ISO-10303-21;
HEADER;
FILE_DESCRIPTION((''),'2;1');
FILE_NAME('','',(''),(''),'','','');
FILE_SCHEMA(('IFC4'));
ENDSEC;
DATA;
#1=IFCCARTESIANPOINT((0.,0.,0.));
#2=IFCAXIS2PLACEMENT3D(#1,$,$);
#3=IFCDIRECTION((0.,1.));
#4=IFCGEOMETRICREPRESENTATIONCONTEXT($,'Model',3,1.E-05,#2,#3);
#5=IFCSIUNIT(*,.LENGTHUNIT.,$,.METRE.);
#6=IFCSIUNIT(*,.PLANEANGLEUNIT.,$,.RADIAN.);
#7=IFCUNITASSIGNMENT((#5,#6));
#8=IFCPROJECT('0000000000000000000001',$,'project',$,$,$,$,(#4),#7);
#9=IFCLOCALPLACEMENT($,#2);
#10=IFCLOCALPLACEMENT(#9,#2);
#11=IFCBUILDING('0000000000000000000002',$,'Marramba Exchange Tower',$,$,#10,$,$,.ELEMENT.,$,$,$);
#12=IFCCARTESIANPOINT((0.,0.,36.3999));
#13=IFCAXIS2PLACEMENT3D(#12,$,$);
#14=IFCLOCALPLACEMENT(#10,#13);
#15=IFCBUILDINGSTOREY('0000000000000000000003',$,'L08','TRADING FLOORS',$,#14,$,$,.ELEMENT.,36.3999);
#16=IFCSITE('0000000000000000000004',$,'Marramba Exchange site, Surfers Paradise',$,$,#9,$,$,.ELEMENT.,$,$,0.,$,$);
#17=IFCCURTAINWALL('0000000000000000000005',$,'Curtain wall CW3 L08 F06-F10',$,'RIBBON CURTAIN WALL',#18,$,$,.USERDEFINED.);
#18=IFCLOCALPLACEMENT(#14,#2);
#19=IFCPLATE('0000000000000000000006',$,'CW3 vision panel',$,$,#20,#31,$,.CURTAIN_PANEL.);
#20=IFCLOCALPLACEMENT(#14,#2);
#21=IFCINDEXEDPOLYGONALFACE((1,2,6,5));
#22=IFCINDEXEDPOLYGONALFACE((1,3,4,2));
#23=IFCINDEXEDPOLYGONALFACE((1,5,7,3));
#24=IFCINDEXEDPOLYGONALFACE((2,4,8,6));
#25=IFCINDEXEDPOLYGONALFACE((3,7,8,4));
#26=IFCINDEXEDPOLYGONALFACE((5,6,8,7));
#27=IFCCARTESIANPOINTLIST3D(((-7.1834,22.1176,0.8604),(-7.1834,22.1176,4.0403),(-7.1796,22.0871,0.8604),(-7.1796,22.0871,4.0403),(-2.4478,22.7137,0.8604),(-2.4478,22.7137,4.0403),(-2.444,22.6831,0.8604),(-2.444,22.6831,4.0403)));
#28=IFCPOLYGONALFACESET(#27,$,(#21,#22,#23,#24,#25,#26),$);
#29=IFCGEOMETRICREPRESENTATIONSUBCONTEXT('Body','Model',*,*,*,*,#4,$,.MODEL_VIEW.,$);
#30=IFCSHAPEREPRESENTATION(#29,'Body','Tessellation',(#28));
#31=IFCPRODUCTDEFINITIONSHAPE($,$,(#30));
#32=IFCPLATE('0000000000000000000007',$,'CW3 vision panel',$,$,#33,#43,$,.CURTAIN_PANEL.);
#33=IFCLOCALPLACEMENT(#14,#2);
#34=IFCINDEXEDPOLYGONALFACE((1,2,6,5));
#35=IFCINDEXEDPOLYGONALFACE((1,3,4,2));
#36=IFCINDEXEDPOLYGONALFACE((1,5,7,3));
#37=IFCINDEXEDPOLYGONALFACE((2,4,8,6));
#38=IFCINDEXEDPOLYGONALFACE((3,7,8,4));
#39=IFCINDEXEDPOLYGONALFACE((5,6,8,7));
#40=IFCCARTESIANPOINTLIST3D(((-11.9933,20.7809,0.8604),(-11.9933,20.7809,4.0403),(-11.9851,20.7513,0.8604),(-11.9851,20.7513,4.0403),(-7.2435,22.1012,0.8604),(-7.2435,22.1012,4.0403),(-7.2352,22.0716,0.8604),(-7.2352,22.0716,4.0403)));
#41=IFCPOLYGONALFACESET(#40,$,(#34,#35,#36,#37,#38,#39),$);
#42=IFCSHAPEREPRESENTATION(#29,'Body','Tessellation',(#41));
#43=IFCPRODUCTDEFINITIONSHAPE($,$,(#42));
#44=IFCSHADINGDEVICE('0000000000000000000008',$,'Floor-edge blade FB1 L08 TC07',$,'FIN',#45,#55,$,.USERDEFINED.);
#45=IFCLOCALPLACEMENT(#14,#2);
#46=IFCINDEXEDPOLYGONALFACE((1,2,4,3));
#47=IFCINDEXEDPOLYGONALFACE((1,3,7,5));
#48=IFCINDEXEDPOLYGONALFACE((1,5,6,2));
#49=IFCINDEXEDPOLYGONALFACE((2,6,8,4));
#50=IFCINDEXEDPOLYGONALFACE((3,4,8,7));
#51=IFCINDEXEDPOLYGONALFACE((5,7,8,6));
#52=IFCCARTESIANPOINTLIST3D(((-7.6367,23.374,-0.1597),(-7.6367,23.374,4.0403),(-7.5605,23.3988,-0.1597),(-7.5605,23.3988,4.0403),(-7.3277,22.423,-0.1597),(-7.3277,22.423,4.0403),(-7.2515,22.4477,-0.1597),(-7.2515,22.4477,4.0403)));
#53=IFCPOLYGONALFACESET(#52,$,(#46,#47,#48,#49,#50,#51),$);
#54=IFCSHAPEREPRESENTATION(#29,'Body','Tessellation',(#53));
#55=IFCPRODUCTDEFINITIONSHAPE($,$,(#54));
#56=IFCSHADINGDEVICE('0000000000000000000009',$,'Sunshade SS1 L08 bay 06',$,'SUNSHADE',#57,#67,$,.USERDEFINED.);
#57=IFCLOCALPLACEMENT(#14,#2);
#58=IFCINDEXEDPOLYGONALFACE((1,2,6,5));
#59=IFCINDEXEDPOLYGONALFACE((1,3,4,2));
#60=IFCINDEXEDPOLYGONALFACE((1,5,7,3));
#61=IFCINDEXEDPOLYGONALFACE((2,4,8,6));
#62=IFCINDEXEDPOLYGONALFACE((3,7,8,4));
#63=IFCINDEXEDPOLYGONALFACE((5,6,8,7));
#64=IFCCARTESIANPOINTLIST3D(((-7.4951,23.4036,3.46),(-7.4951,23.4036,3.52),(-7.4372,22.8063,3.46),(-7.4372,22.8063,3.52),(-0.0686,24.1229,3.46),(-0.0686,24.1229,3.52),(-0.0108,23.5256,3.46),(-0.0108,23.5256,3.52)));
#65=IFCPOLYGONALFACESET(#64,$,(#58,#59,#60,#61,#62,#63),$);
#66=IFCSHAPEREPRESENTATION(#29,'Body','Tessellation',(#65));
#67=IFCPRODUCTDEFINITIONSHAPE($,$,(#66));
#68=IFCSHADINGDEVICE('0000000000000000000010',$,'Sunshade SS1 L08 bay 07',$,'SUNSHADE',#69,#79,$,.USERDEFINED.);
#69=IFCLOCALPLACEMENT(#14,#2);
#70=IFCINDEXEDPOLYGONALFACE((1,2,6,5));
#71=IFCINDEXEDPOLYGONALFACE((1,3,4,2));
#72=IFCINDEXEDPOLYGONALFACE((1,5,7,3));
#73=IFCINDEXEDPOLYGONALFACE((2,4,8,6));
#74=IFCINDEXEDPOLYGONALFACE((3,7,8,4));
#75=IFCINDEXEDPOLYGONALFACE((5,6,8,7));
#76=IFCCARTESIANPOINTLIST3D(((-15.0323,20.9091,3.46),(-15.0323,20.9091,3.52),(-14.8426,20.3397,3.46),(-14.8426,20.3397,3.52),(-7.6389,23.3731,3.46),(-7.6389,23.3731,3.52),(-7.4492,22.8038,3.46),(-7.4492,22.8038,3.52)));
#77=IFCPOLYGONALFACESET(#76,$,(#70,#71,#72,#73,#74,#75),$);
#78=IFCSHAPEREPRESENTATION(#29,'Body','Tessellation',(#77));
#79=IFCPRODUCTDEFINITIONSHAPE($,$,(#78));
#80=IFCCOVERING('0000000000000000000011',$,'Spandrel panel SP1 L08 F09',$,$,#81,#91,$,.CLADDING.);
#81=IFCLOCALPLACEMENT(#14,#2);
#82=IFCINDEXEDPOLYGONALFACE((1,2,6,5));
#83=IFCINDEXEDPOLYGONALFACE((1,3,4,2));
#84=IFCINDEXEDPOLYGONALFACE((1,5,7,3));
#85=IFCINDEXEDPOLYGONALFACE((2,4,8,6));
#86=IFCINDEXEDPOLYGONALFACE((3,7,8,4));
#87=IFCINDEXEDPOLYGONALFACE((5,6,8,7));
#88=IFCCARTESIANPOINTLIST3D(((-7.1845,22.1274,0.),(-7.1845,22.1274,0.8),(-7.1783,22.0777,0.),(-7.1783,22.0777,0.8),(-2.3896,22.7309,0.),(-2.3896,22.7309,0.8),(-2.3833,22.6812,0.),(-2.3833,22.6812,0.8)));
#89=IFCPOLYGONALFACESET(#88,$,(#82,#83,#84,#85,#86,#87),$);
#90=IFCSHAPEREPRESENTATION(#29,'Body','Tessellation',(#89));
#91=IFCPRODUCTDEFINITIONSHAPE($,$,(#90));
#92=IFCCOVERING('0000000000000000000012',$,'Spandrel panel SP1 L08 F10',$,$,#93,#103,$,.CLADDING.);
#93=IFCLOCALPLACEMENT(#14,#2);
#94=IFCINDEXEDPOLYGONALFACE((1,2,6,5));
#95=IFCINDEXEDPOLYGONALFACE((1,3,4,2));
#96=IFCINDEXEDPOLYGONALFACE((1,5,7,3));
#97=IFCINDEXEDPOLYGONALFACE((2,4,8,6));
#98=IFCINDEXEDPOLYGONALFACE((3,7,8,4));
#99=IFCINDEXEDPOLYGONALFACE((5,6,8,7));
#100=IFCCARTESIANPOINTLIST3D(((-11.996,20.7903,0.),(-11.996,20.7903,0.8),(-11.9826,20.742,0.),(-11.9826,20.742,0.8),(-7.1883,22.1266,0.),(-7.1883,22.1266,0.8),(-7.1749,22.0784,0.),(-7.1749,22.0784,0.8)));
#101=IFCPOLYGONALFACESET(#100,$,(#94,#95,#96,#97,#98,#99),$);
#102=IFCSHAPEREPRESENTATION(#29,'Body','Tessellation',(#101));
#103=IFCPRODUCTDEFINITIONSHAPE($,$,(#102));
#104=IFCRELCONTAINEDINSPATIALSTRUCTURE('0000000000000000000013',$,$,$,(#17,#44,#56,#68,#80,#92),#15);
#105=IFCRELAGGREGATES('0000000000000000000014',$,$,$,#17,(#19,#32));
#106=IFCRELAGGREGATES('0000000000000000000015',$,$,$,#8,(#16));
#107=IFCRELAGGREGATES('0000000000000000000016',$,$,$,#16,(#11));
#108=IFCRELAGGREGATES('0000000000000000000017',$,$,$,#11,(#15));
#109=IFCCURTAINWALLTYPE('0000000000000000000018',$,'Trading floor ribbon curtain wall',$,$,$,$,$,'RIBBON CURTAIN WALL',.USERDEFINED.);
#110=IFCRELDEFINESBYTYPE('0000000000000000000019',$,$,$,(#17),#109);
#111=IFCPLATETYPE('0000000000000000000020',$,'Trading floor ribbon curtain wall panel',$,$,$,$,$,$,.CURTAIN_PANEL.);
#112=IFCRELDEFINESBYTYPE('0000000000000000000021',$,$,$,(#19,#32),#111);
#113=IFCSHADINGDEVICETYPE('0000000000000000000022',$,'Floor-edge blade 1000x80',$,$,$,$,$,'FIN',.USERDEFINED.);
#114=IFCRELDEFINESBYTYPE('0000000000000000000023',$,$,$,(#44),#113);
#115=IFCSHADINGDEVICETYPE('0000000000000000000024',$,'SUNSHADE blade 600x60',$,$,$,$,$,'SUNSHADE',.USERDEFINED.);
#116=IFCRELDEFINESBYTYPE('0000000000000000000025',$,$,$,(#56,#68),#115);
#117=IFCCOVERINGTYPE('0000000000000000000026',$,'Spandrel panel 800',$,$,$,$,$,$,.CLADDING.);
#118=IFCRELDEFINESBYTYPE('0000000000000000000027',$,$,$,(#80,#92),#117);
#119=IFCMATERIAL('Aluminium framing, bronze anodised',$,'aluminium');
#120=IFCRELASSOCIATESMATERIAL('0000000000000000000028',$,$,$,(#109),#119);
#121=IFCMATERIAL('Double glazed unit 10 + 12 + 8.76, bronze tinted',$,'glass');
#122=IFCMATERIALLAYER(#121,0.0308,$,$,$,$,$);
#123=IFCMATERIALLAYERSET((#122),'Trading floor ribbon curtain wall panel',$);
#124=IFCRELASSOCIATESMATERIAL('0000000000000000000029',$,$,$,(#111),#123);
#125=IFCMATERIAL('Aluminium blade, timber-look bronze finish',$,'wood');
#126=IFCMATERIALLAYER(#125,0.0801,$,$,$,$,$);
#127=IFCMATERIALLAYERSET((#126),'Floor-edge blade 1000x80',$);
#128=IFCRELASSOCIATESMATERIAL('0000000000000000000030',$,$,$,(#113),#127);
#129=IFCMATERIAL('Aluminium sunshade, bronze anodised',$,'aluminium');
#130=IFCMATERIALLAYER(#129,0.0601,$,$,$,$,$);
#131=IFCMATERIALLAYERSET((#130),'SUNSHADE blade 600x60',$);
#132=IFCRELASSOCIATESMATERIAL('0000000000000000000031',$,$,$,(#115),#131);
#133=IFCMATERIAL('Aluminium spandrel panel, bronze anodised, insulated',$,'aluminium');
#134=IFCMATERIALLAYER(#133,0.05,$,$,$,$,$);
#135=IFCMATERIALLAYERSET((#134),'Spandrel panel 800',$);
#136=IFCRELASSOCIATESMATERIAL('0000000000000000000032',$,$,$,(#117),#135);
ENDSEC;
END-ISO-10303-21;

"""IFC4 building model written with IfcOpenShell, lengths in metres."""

from ifc_helpers import new_model, si_unit, direction, frame, origin, origin_2d, place, context, subcontext, project, spatial, rectangle, extrude, material, layer, layer_set, type_object, element, aggregate, save


model = new_model("IFC4")

# Units and contexts
model_context = context("Model", 3, precision=1e-05, world=origin(), true_north=direction((0.0, 1.0)))
body_context = subcontext(model_context, "Body", "Model", "MODEL_VIEW")
ifc_project = project(units=[si_unit("LENGTHUNIT", "METRE"), si_unit("PLANEANGLEUNIT", "RADIAN")], contexts=[model_context])

# Site, building, storey
site_placement = place(None, origin())
site = spatial("IfcSite", under=ifc_project, at=site_placement, Name="Marramba Exchange site, Surfers Paradise", CompositionType="ELEMENT", RefElevation=0.0)
building_placement = place(site_placement, origin())
building = spatial("IfcBuilding", under=site, at=building_placement, Name="Marramba Exchange Tower", CompositionType="ELEMENT")
storey_placement = place(building_placement, frame((0.0, 0.0, 36.3999)))
storey = spatial("IfcBuildingStorey", under=building, at=storey_placement, Name="L08", Description="TRADING FLOORS", CompositionType="ELEMENT", Elevation=36.3999)

# Curtain wall
ifc_material_1 = material(Name="Aluminium framing, bronze anodised", Category="aluminium")
curtain_wall_type = type_object("IfcCurtainWallType", Name="Trading floor ribbon curtain wall", ElementType="RIBBON CURTAIN WALL", PredefinedType="USERDEFINED", material=ifc_material_1)
curtain_wall_1_placement = place(storey_placement, origin())
curtain_wall_1 = element("IfcCurtainWall", 1, at=curtain_wall_1_placement, inside=storey, type_object=curtain_wall_type, Name="Curtain wall CW3 L08 F06-F10", ObjectType="RIBBON CURTAIN WALL", PredefinedType="USERDEFINED")

# Plates
ifc_material_2 = material(Name="Double glazed unit 10 + 12 + 8.76, bronze tinted", Category="glass")
ifc_layer_1 = layer(ifc_material_2, 0.0308)
ifc_layer_set_1 = layer_set([ifc_layer_1], Name="Trading floor ribbon curtain wall panel")
plate_type = type_object("IfcPlateType", Name="Trading floor ribbon curtain wall panel", PredefinedType="CURTAIN_PANEL", material=ifc_layer_set_1)
plate_1_placement = place(storey_placement, frame((-4.8137, 22.4004, 0.8604), z_axis=(0.0, 0.0, 1.0), x_axis=(-0.992173, -0.124873, 0.0)))
plate_1 = element("IfcPlate", 2, at=plate_1_placement, type_object=plate_type, Name="CW3 vision panel", PredefinedType="CURTAIN_PANEL", context=body_context, shape_type="SweptSolid", body=[
    extrude(rectangle(XDim=4.7729, YDim=0.0308, at=origin_2d()), origin(), (0.0, 0.0, 1.0), 3.1799),
])
plate_2_placement = place(storey_placement, frame((-9.6143, 21.4263, 0.8604), z_axis=(0.0, 0.0, 1.0), x_axis=(-0.963472, -0.267809, 0.0)))
plate_2 = element("IfcPlate", 3, at=plate_2_placement, type_object=plate_type, Name="CW3 vision panel", PredefinedType="CURTAIN_PANEL", context=body_context, shape_type="SweptSolid", body=[
    extrude(rectangle(XDim=4.9299, YDim=0.0308, at=origin_2d()), origin(), (0.0, 0.0, 1.0), 3.1799),
])
aggregate(curtain_wall_1, [plate_1, plate_2])

# Shading devices
ifc_material_3 = material(Name="Aluminium blade, timber-look bronze finish", Category="wood")
ifc_layer_2 = layer(ifc_material_3, 0.0801)
ifc_layer_set_2 = layer_set([ifc_layer_2], Name="Floor-edge blade 1000x80")
shading_device_type_1 = type_object("IfcShadingDeviceType", Name="Floor-edge blade 1000x80", ElementType="FIN", PredefinedType="USERDEFINED", material=ifc_layer_set_2)
shading_device_1_placement = place(storey_placement, frame((-7.4441, 22.9109, -0.1597), z_axis=(0.0, 0.0, 1.0), x_axis=(-0.309017, 0.951057, 0.0)))
element("IfcShadingDevice", 4, at=shading_device_1_placement, inside=storey, type_object=shading_device_type_1, Name="Floor-edge blade FB1 L08 TC07", ObjectType="FIN", PredefinedType="USERDEFINED", context=body_context, shape_type="SweptSolid", body=[
    extrude(rectangle(XDim=1.0, YDim=0.0801, at=origin_2d()), origin(), (0.0, 0.0, 1.0), 4.2),
])
ifc_material_4 = material(Name="Aluminium sunshade, bronze anodised", Category="aluminium")
ifc_layer_3 = layer(ifc_material_4, 0.0601)
ifc_layer_set_3 = layer_set([ifc_layer_3], Name="SUNSHADE blade 600x60")
shading_device_type_2 = type_object("IfcShadingDeviceType", Name="SUNSHADE blade 600x60", ElementType="SUNSHADE", PredefinedType="USERDEFINED", material=ifc_layer_set_3)
shading_device_2_placement = place(storey_placement, frame((-3.7529, 23.4646, 3.46), z_axis=(0.0, 0.0, 1.0), x_axis=(-0.995343, -0.096398, 0.0)))
element("IfcShadingDevice", 5, at=shading_device_2_placement, inside=storey, type_object=shading_device_type_2, Name="Sunshade SS1 L08 bay 06", ObjectType="SUNSHADE", PredefinedType="USERDEFINED", context=body_context, shape_type="SweptSolid", body=[
    extrude(rectangle(XDim=7.4612, YDim=0.6001, at=origin_2d()), origin(), (0.0, 0.0, 1.0), 0.0601),
])
shading_device_3_placement = place(storey_placement, frame((-11.2407, 21.8564, 3.46), z_axis=(0.0, 0.0, 1.0), x_axis=(-0.948698, -0.316184, 0.0)))
element("IfcShadingDevice", 6, at=shading_device_3_placement, inside=storey, type_object=shading_device_type_2, Name="Sunshade SS1 L08 bay 07", ObjectType="SUNSHADE", PredefinedType="USERDEFINED", context=body_context, shape_type="SweptSolid", body=[
    extrude(rectangle(XDim=7.7932, YDim=0.6001, at=origin_2d()), origin(), (0.0, 0.0, 1.0), 0.0601),
])

# Coverings
ifc_material_5 = material(Name="Aluminium spandrel panel, bronze anodised, insulated", Category="aluminium")
ifc_layer_4 = layer(ifc_material_5, 0.05)
ifc_layer_set_4 = layer_set([ifc_layer_4], Name="Spandrel panel 800")
covering_type = type_object("IfcCoveringType", Name="Spandrel panel 800", PredefinedType="CLADDING", material=ifc_layer_set_4)
covering_1_placement = place(storey_placement, frame((-4.7839, 22.4043, 0.0), z_axis=(0.0, 0.0, 1.0), x_axis=(-0.992173, -0.124873, 0.0)))
element("IfcCovering", 7, at=covering_1_placement, inside=storey, type_object=covering_type, Name="Spandrel panel SP1 L08 F09", PredefinedType="CLADDING", context=body_context, shape_type="SweptSolid", body=[
    extrude(rectangle(XDim=4.8328, YDim=0.05, at=origin_2d()), origin(), (0.0, 0.0, 1.0), 0.8),
])
covering_2_placement = place(storey_placement, frame((-9.5854, 21.4343, 0.0), z_axis=(0.0, 0.0, 1.0), x_axis=(-0.963472, -0.267809, 0.0)))
element("IfcCovering", 8, at=covering_2_placement, inside=storey, type_object=covering_type, Name="Spandrel panel SP1 L08 F10", PredefinedType="CLADDING", context=body_context, shape_type="SweptSolid", body=[
    extrude(rectangle(XDim=4.99, YDim=0.05, at=origin_2d()), origin(), (0.0, 0.0, 1.0), 0.8),
])

save(model, "model.ifc")
